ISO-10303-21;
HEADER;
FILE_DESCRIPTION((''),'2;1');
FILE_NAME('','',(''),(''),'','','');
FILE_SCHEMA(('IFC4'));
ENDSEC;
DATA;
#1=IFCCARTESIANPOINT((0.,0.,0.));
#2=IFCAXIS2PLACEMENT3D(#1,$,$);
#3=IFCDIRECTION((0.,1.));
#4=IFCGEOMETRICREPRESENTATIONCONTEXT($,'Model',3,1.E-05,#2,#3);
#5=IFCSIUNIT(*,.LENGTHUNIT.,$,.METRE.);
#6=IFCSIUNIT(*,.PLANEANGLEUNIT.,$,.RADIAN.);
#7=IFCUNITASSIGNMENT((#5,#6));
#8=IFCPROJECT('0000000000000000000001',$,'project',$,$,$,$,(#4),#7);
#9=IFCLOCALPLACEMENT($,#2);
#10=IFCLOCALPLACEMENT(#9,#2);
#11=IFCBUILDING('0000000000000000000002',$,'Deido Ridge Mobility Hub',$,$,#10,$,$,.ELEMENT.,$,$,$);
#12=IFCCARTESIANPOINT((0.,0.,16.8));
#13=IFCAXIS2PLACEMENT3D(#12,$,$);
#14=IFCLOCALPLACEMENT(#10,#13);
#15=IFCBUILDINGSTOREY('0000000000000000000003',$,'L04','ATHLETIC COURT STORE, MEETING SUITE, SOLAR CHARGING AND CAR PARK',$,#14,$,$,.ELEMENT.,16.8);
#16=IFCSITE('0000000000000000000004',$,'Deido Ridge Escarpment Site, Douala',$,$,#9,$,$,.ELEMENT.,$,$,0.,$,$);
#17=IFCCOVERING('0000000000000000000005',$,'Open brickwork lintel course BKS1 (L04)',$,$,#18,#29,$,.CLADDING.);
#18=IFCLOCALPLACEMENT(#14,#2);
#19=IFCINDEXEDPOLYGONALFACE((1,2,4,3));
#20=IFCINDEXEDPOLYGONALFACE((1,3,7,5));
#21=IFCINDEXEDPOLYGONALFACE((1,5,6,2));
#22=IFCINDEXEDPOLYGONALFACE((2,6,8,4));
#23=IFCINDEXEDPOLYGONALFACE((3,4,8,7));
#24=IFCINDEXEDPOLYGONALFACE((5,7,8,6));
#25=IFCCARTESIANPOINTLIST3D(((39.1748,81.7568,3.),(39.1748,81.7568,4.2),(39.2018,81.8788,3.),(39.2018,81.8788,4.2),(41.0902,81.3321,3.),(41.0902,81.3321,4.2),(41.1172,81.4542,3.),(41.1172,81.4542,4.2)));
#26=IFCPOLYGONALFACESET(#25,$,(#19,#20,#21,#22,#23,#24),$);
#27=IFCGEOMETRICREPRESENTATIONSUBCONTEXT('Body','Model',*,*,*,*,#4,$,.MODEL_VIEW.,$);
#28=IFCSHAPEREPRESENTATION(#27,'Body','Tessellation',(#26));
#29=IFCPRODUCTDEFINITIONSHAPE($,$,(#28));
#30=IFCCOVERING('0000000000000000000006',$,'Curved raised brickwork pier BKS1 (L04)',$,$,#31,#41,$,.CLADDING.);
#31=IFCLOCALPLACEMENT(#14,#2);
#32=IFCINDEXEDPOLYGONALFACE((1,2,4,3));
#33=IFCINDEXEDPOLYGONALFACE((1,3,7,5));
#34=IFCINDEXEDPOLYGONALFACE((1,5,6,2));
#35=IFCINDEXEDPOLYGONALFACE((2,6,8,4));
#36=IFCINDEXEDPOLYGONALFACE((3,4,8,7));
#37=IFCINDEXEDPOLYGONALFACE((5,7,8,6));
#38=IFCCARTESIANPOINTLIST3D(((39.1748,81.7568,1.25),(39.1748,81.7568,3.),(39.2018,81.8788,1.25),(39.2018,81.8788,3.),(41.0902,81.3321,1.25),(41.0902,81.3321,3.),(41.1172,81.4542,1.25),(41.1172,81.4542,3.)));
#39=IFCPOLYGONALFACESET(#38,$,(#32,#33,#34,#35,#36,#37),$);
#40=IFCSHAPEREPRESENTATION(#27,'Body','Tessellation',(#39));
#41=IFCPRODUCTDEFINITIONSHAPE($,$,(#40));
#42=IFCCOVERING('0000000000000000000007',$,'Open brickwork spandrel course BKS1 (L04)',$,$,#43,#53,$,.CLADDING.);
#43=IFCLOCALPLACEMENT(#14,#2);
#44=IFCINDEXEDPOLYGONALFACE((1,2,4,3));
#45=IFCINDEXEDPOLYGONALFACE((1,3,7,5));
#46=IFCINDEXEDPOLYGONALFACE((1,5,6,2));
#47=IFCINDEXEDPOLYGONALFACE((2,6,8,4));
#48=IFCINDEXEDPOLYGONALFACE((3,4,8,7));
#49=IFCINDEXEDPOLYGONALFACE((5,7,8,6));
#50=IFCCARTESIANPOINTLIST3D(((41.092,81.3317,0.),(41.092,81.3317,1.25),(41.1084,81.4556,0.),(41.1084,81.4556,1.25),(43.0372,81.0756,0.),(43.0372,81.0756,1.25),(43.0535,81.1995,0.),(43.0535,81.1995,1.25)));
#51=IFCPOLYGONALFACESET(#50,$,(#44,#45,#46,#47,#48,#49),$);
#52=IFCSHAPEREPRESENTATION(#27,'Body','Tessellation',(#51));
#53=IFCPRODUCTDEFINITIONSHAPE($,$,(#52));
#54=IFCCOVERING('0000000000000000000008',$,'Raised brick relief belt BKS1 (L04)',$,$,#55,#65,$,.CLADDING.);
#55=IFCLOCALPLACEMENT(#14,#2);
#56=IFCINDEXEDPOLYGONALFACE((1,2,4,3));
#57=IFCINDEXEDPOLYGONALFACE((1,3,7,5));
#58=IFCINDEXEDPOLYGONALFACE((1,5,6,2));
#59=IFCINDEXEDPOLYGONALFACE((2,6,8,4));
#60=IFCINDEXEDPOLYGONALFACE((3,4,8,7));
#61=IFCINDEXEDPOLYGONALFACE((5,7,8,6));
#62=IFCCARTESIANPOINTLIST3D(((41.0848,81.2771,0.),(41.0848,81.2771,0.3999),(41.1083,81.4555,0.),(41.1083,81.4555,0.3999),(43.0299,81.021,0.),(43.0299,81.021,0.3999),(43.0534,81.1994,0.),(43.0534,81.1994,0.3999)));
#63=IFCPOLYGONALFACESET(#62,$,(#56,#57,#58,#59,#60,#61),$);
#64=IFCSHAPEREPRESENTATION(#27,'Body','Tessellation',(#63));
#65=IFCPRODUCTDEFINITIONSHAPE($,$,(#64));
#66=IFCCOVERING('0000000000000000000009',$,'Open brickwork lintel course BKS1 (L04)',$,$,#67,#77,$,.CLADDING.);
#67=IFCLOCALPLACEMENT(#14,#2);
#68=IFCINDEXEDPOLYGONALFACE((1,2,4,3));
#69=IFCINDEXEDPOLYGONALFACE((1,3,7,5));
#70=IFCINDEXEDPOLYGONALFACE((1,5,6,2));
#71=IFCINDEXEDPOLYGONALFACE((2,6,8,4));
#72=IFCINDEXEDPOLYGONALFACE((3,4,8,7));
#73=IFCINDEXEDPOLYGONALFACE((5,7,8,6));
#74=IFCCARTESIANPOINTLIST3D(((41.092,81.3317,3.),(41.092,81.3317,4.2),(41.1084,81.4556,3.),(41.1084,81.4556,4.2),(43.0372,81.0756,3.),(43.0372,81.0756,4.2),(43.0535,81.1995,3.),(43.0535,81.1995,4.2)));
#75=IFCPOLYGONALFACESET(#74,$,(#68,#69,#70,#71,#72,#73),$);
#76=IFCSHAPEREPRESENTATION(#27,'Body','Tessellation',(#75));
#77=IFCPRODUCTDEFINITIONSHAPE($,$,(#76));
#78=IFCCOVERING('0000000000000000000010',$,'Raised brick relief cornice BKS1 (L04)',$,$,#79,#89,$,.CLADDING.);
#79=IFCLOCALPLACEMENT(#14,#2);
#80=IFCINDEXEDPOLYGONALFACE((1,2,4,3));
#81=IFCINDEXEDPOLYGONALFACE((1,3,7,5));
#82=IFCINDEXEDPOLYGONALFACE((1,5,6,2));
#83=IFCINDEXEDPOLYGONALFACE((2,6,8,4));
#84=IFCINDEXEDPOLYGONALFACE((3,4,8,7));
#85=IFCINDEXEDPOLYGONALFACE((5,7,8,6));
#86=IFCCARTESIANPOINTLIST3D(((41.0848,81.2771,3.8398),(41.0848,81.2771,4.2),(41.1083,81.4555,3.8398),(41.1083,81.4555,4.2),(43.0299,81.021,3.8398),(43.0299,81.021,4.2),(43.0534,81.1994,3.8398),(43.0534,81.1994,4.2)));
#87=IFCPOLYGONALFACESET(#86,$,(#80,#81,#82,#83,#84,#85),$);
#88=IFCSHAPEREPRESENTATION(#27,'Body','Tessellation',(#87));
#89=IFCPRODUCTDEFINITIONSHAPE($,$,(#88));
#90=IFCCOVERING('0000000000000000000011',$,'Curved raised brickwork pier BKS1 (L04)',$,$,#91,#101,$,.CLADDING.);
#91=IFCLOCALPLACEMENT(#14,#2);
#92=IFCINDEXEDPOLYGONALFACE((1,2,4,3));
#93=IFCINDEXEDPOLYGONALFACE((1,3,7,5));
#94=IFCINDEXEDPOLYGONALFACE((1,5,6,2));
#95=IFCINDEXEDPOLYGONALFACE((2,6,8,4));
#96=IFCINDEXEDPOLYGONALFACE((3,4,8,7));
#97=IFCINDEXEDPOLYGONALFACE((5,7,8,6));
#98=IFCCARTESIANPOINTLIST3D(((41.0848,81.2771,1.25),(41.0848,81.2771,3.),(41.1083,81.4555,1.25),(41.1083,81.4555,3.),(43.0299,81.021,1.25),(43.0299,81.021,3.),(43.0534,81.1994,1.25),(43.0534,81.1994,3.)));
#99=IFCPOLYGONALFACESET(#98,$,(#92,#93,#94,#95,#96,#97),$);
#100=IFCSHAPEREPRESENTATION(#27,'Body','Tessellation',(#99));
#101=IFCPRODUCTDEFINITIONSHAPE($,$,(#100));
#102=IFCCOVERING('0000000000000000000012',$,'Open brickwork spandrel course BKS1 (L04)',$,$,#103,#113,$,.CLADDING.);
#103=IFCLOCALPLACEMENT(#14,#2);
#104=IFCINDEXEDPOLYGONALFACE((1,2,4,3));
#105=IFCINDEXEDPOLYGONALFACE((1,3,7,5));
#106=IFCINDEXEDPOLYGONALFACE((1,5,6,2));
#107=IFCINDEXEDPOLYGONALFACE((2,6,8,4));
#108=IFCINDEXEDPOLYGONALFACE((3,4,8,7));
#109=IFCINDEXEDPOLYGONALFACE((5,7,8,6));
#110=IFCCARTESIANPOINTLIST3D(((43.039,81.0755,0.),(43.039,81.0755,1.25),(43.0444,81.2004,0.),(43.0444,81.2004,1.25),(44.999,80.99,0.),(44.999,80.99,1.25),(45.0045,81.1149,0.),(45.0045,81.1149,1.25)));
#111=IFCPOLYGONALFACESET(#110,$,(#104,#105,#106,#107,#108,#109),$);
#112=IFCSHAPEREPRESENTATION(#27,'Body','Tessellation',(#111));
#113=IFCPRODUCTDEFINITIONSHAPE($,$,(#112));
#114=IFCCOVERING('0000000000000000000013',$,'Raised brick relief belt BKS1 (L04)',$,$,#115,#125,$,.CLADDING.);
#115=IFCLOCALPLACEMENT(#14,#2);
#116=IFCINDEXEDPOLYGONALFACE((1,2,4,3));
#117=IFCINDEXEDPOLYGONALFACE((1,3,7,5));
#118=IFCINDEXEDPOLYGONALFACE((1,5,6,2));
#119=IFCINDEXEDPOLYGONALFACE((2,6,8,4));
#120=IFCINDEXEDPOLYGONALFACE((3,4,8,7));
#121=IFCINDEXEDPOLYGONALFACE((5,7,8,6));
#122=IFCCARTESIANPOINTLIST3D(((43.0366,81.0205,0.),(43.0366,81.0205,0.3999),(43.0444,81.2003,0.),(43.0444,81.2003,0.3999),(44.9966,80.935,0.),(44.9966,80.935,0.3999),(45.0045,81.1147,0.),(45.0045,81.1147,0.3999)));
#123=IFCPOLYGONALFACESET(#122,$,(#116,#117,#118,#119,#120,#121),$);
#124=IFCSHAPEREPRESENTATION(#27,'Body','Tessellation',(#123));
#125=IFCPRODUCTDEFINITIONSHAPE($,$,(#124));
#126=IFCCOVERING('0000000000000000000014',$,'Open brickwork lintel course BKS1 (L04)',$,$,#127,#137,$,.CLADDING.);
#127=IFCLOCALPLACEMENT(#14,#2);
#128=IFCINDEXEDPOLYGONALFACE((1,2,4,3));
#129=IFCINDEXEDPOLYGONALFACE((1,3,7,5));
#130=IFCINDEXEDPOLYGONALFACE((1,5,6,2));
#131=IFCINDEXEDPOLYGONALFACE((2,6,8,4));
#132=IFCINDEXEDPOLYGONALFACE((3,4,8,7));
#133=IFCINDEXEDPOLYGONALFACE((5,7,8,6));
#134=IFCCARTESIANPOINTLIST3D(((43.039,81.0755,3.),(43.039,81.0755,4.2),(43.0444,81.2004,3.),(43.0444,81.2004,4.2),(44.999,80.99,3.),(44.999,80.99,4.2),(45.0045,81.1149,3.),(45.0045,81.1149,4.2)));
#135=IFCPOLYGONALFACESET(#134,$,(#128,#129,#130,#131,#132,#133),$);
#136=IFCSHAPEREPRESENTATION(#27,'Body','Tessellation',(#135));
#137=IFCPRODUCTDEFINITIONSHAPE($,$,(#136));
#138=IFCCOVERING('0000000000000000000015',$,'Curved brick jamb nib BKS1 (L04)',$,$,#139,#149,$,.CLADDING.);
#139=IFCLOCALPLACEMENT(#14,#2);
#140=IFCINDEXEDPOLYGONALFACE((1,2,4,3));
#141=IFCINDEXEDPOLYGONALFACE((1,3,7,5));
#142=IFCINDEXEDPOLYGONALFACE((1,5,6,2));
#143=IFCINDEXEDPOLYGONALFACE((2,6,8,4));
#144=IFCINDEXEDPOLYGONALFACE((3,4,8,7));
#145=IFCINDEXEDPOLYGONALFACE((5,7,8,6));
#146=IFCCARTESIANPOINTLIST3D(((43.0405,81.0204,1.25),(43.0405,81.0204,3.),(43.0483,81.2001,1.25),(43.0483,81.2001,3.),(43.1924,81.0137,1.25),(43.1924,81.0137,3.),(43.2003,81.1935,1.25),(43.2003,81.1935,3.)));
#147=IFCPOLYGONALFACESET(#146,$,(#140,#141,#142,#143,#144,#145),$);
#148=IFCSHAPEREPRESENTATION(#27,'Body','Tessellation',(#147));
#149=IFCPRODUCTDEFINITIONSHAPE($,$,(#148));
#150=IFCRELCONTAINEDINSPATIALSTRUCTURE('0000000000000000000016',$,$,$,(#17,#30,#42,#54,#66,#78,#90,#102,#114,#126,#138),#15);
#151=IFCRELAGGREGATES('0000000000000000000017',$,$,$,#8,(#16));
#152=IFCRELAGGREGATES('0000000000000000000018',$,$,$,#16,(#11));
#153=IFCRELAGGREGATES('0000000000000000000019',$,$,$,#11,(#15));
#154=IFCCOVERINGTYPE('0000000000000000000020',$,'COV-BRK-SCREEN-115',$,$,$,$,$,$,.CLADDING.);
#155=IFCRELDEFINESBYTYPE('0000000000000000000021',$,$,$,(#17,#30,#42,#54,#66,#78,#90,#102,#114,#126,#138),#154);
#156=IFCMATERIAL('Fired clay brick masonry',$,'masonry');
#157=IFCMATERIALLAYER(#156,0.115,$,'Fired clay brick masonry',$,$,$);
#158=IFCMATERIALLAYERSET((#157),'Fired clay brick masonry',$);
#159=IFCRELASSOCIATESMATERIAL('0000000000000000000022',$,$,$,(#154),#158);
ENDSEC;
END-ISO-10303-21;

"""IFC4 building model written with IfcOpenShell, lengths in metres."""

from ifc_helpers import new_model, si_unit, direction, frame, origin, origin_2d, place, context, subcontext, project, spatial, rectangle, extrude, material, layer, layer_set, type_object, element, save


model = new_model("IFC4")

# Units and contexts
model_context = context("Model", 3, precision=1e-05, world=origin(), true_north=direction((0.0, 1.0)))
body_context = subcontext(model_context, "Body", "Model", "MODEL_VIEW")
ifc_project = project(units=[si_unit("LENGTHUNIT", "METRE"), si_unit("PLANEANGLEUNIT", "RADIAN")], contexts=[model_context])

# Site, building, storey
site_placement = place(None, origin())
site = spatial("IfcSite", under=ifc_project, at=site_placement, Name="Deido Ridge Escarpment Site, Douala", CompositionType="ELEMENT", RefElevation=0.0)
building_placement = place(site_placement, origin())
building = spatial("IfcBuilding", under=site, at=building_placement, Name="Deido Ridge Mobility Hub", CompositionType="ELEMENT")
storey_placement = place(building_placement, frame((0.0, 0.0, 16.8)))
storey = spatial("IfcBuildingStorey", under=building, at=storey_placement, Name="L04", Description="ATHLETIC COURT STORE, MEETING SUITE, SOLAR CHARGING AND CAR PARK", CompositionType="ELEMENT", Elevation=16.8)

# Coverings
ifc_material_1 = material(Name="Fired clay brick masonry", Category="masonry")
ifc_layer = layer(ifc_material_1, 0.115, Name="Fired clay brick masonry")
ifc_layer_set = layer_set([ifc_layer], Name="Fired clay brick masonry")
covering_type = type_object("IfcCoveringType", Name="COV-BRK-SCREEN-115", PredefinedType="CLADDING", material=ifc_layer_set)
covering_1_placement = place(storey_placement, frame((40.146, 81.6055, 3.0), z_axis=(0.0, 0.0, 1.0), x_axis=(0.976292, -0.216457, 0.0)))
element("IfcCovering", 1, at=covering_1_placement, inside=storey, type_object=covering_type, Name="Open brickwork lintel course BKS1 (L04)", PredefinedType="CLADDING", context=body_context, shape_type="SweptSolid", body=[
    extrude(rectangle(XDim=1.9619, YDim=0.125, at=origin_2d()), origin(), (0.0, 0.0, 1.0), 1.2),
])
covering_2_placement = place(storey_placement, frame((40.146, 81.6055, 1.25), z_axis=(0.0, 0.0, 1.0), x_axis=(0.976292, -0.216457, 0.0)))
element("IfcCovering", 2, at=covering_2_placement, inside=storey, type_object=covering_type, Name="Curved raised brickwork pier BKS1 (L04)", PredefinedType="CLADDING", context=body_context, shape_type="SweptSolid", body=[
    extrude(rectangle(XDim=1.9619, YDim=0.125, at=origin_2d()), origin(), (0.0, 0.0, 1.0), 1.75),
])
covering_3_placement = place(storey_placement, frame((42.0728, 81.2656, 0.0), z_axis=(0.0, 0.0, 1.0), x_axis=(0.991443, -0.130543, 0.0)))
element("IfcCovering", 3, at=covering_3_placement, inside=storey, type_object=covering_type, Name="Open brickwork spandrel course BKS1 (L04)", PredefinedType="CLADDING", context=body_context, shape_type="SweptSolid", body=[
    extrude(rectangle(XDim=1.9619, YDim=0.125, at=origin_2d()), origin(), (0.0, 0.0, 1.0), 1.25),
])
covering_4_placement = place(storey_placement, frame((42.0691, 81.2383, 0.0), z_axis=(0.0, 0.0, 1.0), x_axis=(0.991443, -0.130543, 0.0)))
element("IfcCovering", 4, at=covering_4_placement, inside=storey, type_object=covering_type, Name="Raised brick relief belt BKS1 (L04)", PredefinedType="CLADDING", context=body_context, shape_type="SweptSolid", body=[
    extrude(rectangle(XDim=1.9619, YDim=0.1799, at=origin_2d()), origin(), (0.0, 0.0, 1.0), 0.3999),
])
covering_5_placement = place(storey_placement, frame((42.0728, 81.2656, 3.0), z_axis=(0.0, 0.0, 1.0), x_axis=(0.991443, -0.130543, 0.0)))
element("IfcCovering", 5, at=covering_5_placement, inside=storey, type_object=covering_type, Name="Open brickwork lintel course BKS1 (L04)", PredefinedType="CLADDING", context=body_context, shape_type="SweptSolid", body=[
    extrude(rectangle(XDim=1.9619, YDim=0.125, at=origin_2d()), origin(), (0.0, 0.0, 1.0), 1.2),
])
covering_6_placement = place(storey_placement, frame((42.0691, 81.2383, 3.8398), z_axis=(0.0, 0.0, 1.0), x_axis=(0.991443, -0.130543, 0.0)))
element("IfcCovering", 6, at=covering_6_placement, inside=storey, type_object=covering_type, Name="Raised brick relief cornice BKS1 (L04)", PredefinedType="CLADDING", context=body_context, shape_type="SweptSolid", body=[
    extrude(rectangle(XDim=1.9619, YDim=0.1799, at=origin_2d()), origin(), (0.0, 0.0, 1.0), 0.3601),
])
covering_7_placement = place(storey_placement, frame((42.0691, 81.2383, 1.25), z_axis=(0.0, 0.0, 1.0), x_axis=(0.991443, -0.130543, 0.0)))
element("IfcCovering", 7, at=covering_7_placement, inside=storey, type_object=covering_type, Name="Curved raised brickwork pier BKS1 (L04)", PredefinedType="CLADDING", context=body_context, shape_type="SweptSolid", body=[
    extrude(rectangle(XDim=1.9619, YDim=0.1799, at=origin_2d()), origin(), (0.0, 0.0, 1.0), 1.75),
])
covering_8_placement = place(storey_placement, frame((44.0217, 81.0952, 0.0), z_axis=(0.0, 0.0, 1.0), x_axis=(0.999049, -0.043602, 0.0)))
element("IfcCovering", 8, at=covering_8_placement, inside=storey, type_object=covering_type, Name="Open brickwork spandrel course BKS1 (L04)", PredefinedType="CLADDING", context=body_context, shape_type="SweptSolid", body=[
    extrude(rectangle(XDim=1.9619, YDim=0.125, at=origin_2d()), origin(), (0.0, 0.0, 1.0), 1.25),
])
covering_9_placement = place(storey_placement, frame((44.0205, 81.0676, 0.0), z_axis=(0.0, 0.0, 1.0), x_axis=(0.999049, -0.043602, 0.0)))
element("IfcCovering", 9, at=covering_9_placement, inside=storey, type_object=covering_type, Name="Raised brick relief belt BKS1 (L04)", PredefinedType="CLADDING", context=body_context, shape_type="SweptSolid", body=[
    extrude(rectangle(XDim=1.9619, YDim=0.1799, at=origin_2d()), origin(), (0.0, 0.0, 1.0), 0.3999),
])
covering_10_placement = place(storey_placement, frame((44.0217, 81.0952, 3.0), z_axis=(0.0, 0.0, 1.0), x_axis=(0.999049, -0.043602, 0.0)))
element("IfcCovering", 10, at=covering_10_placement, inside=storey, type_object=covering_type, Name="Open brickwork lintel course BKS1 (L04)", PredefinedType="CLADDING", context=body_context, shape_type="SweptSolid", body=[
    extrude(rectangle(XDim=1.9619, YDim=0.125, at=origin_2d()), origin(), (0.0, 0.0, 1.0), 1.2),
])
covering_11_placement = place(storey_placement, frame((43.1204, 81.1069, 1.25), z_axis=(0.0, 0.0, 1.0), x_axis=(0.999049, -0.043602, 0.0)))
element("IfcCovering", 11, at=covering_11_placement, inside=storey, type_object=covering_type, Name="Curved brick jamb nib BKS1 (L04)", PredefinedType="CLADDING", context=body_context, shape_type="SweptSolid", body=[
    extrude(rectangle(XDim=0.1521, YDim=0.1799, at=origin_2d()), origin(), (0.0, 0.0, 1.0), 1.75),
])

save(model, "model.ifc")
